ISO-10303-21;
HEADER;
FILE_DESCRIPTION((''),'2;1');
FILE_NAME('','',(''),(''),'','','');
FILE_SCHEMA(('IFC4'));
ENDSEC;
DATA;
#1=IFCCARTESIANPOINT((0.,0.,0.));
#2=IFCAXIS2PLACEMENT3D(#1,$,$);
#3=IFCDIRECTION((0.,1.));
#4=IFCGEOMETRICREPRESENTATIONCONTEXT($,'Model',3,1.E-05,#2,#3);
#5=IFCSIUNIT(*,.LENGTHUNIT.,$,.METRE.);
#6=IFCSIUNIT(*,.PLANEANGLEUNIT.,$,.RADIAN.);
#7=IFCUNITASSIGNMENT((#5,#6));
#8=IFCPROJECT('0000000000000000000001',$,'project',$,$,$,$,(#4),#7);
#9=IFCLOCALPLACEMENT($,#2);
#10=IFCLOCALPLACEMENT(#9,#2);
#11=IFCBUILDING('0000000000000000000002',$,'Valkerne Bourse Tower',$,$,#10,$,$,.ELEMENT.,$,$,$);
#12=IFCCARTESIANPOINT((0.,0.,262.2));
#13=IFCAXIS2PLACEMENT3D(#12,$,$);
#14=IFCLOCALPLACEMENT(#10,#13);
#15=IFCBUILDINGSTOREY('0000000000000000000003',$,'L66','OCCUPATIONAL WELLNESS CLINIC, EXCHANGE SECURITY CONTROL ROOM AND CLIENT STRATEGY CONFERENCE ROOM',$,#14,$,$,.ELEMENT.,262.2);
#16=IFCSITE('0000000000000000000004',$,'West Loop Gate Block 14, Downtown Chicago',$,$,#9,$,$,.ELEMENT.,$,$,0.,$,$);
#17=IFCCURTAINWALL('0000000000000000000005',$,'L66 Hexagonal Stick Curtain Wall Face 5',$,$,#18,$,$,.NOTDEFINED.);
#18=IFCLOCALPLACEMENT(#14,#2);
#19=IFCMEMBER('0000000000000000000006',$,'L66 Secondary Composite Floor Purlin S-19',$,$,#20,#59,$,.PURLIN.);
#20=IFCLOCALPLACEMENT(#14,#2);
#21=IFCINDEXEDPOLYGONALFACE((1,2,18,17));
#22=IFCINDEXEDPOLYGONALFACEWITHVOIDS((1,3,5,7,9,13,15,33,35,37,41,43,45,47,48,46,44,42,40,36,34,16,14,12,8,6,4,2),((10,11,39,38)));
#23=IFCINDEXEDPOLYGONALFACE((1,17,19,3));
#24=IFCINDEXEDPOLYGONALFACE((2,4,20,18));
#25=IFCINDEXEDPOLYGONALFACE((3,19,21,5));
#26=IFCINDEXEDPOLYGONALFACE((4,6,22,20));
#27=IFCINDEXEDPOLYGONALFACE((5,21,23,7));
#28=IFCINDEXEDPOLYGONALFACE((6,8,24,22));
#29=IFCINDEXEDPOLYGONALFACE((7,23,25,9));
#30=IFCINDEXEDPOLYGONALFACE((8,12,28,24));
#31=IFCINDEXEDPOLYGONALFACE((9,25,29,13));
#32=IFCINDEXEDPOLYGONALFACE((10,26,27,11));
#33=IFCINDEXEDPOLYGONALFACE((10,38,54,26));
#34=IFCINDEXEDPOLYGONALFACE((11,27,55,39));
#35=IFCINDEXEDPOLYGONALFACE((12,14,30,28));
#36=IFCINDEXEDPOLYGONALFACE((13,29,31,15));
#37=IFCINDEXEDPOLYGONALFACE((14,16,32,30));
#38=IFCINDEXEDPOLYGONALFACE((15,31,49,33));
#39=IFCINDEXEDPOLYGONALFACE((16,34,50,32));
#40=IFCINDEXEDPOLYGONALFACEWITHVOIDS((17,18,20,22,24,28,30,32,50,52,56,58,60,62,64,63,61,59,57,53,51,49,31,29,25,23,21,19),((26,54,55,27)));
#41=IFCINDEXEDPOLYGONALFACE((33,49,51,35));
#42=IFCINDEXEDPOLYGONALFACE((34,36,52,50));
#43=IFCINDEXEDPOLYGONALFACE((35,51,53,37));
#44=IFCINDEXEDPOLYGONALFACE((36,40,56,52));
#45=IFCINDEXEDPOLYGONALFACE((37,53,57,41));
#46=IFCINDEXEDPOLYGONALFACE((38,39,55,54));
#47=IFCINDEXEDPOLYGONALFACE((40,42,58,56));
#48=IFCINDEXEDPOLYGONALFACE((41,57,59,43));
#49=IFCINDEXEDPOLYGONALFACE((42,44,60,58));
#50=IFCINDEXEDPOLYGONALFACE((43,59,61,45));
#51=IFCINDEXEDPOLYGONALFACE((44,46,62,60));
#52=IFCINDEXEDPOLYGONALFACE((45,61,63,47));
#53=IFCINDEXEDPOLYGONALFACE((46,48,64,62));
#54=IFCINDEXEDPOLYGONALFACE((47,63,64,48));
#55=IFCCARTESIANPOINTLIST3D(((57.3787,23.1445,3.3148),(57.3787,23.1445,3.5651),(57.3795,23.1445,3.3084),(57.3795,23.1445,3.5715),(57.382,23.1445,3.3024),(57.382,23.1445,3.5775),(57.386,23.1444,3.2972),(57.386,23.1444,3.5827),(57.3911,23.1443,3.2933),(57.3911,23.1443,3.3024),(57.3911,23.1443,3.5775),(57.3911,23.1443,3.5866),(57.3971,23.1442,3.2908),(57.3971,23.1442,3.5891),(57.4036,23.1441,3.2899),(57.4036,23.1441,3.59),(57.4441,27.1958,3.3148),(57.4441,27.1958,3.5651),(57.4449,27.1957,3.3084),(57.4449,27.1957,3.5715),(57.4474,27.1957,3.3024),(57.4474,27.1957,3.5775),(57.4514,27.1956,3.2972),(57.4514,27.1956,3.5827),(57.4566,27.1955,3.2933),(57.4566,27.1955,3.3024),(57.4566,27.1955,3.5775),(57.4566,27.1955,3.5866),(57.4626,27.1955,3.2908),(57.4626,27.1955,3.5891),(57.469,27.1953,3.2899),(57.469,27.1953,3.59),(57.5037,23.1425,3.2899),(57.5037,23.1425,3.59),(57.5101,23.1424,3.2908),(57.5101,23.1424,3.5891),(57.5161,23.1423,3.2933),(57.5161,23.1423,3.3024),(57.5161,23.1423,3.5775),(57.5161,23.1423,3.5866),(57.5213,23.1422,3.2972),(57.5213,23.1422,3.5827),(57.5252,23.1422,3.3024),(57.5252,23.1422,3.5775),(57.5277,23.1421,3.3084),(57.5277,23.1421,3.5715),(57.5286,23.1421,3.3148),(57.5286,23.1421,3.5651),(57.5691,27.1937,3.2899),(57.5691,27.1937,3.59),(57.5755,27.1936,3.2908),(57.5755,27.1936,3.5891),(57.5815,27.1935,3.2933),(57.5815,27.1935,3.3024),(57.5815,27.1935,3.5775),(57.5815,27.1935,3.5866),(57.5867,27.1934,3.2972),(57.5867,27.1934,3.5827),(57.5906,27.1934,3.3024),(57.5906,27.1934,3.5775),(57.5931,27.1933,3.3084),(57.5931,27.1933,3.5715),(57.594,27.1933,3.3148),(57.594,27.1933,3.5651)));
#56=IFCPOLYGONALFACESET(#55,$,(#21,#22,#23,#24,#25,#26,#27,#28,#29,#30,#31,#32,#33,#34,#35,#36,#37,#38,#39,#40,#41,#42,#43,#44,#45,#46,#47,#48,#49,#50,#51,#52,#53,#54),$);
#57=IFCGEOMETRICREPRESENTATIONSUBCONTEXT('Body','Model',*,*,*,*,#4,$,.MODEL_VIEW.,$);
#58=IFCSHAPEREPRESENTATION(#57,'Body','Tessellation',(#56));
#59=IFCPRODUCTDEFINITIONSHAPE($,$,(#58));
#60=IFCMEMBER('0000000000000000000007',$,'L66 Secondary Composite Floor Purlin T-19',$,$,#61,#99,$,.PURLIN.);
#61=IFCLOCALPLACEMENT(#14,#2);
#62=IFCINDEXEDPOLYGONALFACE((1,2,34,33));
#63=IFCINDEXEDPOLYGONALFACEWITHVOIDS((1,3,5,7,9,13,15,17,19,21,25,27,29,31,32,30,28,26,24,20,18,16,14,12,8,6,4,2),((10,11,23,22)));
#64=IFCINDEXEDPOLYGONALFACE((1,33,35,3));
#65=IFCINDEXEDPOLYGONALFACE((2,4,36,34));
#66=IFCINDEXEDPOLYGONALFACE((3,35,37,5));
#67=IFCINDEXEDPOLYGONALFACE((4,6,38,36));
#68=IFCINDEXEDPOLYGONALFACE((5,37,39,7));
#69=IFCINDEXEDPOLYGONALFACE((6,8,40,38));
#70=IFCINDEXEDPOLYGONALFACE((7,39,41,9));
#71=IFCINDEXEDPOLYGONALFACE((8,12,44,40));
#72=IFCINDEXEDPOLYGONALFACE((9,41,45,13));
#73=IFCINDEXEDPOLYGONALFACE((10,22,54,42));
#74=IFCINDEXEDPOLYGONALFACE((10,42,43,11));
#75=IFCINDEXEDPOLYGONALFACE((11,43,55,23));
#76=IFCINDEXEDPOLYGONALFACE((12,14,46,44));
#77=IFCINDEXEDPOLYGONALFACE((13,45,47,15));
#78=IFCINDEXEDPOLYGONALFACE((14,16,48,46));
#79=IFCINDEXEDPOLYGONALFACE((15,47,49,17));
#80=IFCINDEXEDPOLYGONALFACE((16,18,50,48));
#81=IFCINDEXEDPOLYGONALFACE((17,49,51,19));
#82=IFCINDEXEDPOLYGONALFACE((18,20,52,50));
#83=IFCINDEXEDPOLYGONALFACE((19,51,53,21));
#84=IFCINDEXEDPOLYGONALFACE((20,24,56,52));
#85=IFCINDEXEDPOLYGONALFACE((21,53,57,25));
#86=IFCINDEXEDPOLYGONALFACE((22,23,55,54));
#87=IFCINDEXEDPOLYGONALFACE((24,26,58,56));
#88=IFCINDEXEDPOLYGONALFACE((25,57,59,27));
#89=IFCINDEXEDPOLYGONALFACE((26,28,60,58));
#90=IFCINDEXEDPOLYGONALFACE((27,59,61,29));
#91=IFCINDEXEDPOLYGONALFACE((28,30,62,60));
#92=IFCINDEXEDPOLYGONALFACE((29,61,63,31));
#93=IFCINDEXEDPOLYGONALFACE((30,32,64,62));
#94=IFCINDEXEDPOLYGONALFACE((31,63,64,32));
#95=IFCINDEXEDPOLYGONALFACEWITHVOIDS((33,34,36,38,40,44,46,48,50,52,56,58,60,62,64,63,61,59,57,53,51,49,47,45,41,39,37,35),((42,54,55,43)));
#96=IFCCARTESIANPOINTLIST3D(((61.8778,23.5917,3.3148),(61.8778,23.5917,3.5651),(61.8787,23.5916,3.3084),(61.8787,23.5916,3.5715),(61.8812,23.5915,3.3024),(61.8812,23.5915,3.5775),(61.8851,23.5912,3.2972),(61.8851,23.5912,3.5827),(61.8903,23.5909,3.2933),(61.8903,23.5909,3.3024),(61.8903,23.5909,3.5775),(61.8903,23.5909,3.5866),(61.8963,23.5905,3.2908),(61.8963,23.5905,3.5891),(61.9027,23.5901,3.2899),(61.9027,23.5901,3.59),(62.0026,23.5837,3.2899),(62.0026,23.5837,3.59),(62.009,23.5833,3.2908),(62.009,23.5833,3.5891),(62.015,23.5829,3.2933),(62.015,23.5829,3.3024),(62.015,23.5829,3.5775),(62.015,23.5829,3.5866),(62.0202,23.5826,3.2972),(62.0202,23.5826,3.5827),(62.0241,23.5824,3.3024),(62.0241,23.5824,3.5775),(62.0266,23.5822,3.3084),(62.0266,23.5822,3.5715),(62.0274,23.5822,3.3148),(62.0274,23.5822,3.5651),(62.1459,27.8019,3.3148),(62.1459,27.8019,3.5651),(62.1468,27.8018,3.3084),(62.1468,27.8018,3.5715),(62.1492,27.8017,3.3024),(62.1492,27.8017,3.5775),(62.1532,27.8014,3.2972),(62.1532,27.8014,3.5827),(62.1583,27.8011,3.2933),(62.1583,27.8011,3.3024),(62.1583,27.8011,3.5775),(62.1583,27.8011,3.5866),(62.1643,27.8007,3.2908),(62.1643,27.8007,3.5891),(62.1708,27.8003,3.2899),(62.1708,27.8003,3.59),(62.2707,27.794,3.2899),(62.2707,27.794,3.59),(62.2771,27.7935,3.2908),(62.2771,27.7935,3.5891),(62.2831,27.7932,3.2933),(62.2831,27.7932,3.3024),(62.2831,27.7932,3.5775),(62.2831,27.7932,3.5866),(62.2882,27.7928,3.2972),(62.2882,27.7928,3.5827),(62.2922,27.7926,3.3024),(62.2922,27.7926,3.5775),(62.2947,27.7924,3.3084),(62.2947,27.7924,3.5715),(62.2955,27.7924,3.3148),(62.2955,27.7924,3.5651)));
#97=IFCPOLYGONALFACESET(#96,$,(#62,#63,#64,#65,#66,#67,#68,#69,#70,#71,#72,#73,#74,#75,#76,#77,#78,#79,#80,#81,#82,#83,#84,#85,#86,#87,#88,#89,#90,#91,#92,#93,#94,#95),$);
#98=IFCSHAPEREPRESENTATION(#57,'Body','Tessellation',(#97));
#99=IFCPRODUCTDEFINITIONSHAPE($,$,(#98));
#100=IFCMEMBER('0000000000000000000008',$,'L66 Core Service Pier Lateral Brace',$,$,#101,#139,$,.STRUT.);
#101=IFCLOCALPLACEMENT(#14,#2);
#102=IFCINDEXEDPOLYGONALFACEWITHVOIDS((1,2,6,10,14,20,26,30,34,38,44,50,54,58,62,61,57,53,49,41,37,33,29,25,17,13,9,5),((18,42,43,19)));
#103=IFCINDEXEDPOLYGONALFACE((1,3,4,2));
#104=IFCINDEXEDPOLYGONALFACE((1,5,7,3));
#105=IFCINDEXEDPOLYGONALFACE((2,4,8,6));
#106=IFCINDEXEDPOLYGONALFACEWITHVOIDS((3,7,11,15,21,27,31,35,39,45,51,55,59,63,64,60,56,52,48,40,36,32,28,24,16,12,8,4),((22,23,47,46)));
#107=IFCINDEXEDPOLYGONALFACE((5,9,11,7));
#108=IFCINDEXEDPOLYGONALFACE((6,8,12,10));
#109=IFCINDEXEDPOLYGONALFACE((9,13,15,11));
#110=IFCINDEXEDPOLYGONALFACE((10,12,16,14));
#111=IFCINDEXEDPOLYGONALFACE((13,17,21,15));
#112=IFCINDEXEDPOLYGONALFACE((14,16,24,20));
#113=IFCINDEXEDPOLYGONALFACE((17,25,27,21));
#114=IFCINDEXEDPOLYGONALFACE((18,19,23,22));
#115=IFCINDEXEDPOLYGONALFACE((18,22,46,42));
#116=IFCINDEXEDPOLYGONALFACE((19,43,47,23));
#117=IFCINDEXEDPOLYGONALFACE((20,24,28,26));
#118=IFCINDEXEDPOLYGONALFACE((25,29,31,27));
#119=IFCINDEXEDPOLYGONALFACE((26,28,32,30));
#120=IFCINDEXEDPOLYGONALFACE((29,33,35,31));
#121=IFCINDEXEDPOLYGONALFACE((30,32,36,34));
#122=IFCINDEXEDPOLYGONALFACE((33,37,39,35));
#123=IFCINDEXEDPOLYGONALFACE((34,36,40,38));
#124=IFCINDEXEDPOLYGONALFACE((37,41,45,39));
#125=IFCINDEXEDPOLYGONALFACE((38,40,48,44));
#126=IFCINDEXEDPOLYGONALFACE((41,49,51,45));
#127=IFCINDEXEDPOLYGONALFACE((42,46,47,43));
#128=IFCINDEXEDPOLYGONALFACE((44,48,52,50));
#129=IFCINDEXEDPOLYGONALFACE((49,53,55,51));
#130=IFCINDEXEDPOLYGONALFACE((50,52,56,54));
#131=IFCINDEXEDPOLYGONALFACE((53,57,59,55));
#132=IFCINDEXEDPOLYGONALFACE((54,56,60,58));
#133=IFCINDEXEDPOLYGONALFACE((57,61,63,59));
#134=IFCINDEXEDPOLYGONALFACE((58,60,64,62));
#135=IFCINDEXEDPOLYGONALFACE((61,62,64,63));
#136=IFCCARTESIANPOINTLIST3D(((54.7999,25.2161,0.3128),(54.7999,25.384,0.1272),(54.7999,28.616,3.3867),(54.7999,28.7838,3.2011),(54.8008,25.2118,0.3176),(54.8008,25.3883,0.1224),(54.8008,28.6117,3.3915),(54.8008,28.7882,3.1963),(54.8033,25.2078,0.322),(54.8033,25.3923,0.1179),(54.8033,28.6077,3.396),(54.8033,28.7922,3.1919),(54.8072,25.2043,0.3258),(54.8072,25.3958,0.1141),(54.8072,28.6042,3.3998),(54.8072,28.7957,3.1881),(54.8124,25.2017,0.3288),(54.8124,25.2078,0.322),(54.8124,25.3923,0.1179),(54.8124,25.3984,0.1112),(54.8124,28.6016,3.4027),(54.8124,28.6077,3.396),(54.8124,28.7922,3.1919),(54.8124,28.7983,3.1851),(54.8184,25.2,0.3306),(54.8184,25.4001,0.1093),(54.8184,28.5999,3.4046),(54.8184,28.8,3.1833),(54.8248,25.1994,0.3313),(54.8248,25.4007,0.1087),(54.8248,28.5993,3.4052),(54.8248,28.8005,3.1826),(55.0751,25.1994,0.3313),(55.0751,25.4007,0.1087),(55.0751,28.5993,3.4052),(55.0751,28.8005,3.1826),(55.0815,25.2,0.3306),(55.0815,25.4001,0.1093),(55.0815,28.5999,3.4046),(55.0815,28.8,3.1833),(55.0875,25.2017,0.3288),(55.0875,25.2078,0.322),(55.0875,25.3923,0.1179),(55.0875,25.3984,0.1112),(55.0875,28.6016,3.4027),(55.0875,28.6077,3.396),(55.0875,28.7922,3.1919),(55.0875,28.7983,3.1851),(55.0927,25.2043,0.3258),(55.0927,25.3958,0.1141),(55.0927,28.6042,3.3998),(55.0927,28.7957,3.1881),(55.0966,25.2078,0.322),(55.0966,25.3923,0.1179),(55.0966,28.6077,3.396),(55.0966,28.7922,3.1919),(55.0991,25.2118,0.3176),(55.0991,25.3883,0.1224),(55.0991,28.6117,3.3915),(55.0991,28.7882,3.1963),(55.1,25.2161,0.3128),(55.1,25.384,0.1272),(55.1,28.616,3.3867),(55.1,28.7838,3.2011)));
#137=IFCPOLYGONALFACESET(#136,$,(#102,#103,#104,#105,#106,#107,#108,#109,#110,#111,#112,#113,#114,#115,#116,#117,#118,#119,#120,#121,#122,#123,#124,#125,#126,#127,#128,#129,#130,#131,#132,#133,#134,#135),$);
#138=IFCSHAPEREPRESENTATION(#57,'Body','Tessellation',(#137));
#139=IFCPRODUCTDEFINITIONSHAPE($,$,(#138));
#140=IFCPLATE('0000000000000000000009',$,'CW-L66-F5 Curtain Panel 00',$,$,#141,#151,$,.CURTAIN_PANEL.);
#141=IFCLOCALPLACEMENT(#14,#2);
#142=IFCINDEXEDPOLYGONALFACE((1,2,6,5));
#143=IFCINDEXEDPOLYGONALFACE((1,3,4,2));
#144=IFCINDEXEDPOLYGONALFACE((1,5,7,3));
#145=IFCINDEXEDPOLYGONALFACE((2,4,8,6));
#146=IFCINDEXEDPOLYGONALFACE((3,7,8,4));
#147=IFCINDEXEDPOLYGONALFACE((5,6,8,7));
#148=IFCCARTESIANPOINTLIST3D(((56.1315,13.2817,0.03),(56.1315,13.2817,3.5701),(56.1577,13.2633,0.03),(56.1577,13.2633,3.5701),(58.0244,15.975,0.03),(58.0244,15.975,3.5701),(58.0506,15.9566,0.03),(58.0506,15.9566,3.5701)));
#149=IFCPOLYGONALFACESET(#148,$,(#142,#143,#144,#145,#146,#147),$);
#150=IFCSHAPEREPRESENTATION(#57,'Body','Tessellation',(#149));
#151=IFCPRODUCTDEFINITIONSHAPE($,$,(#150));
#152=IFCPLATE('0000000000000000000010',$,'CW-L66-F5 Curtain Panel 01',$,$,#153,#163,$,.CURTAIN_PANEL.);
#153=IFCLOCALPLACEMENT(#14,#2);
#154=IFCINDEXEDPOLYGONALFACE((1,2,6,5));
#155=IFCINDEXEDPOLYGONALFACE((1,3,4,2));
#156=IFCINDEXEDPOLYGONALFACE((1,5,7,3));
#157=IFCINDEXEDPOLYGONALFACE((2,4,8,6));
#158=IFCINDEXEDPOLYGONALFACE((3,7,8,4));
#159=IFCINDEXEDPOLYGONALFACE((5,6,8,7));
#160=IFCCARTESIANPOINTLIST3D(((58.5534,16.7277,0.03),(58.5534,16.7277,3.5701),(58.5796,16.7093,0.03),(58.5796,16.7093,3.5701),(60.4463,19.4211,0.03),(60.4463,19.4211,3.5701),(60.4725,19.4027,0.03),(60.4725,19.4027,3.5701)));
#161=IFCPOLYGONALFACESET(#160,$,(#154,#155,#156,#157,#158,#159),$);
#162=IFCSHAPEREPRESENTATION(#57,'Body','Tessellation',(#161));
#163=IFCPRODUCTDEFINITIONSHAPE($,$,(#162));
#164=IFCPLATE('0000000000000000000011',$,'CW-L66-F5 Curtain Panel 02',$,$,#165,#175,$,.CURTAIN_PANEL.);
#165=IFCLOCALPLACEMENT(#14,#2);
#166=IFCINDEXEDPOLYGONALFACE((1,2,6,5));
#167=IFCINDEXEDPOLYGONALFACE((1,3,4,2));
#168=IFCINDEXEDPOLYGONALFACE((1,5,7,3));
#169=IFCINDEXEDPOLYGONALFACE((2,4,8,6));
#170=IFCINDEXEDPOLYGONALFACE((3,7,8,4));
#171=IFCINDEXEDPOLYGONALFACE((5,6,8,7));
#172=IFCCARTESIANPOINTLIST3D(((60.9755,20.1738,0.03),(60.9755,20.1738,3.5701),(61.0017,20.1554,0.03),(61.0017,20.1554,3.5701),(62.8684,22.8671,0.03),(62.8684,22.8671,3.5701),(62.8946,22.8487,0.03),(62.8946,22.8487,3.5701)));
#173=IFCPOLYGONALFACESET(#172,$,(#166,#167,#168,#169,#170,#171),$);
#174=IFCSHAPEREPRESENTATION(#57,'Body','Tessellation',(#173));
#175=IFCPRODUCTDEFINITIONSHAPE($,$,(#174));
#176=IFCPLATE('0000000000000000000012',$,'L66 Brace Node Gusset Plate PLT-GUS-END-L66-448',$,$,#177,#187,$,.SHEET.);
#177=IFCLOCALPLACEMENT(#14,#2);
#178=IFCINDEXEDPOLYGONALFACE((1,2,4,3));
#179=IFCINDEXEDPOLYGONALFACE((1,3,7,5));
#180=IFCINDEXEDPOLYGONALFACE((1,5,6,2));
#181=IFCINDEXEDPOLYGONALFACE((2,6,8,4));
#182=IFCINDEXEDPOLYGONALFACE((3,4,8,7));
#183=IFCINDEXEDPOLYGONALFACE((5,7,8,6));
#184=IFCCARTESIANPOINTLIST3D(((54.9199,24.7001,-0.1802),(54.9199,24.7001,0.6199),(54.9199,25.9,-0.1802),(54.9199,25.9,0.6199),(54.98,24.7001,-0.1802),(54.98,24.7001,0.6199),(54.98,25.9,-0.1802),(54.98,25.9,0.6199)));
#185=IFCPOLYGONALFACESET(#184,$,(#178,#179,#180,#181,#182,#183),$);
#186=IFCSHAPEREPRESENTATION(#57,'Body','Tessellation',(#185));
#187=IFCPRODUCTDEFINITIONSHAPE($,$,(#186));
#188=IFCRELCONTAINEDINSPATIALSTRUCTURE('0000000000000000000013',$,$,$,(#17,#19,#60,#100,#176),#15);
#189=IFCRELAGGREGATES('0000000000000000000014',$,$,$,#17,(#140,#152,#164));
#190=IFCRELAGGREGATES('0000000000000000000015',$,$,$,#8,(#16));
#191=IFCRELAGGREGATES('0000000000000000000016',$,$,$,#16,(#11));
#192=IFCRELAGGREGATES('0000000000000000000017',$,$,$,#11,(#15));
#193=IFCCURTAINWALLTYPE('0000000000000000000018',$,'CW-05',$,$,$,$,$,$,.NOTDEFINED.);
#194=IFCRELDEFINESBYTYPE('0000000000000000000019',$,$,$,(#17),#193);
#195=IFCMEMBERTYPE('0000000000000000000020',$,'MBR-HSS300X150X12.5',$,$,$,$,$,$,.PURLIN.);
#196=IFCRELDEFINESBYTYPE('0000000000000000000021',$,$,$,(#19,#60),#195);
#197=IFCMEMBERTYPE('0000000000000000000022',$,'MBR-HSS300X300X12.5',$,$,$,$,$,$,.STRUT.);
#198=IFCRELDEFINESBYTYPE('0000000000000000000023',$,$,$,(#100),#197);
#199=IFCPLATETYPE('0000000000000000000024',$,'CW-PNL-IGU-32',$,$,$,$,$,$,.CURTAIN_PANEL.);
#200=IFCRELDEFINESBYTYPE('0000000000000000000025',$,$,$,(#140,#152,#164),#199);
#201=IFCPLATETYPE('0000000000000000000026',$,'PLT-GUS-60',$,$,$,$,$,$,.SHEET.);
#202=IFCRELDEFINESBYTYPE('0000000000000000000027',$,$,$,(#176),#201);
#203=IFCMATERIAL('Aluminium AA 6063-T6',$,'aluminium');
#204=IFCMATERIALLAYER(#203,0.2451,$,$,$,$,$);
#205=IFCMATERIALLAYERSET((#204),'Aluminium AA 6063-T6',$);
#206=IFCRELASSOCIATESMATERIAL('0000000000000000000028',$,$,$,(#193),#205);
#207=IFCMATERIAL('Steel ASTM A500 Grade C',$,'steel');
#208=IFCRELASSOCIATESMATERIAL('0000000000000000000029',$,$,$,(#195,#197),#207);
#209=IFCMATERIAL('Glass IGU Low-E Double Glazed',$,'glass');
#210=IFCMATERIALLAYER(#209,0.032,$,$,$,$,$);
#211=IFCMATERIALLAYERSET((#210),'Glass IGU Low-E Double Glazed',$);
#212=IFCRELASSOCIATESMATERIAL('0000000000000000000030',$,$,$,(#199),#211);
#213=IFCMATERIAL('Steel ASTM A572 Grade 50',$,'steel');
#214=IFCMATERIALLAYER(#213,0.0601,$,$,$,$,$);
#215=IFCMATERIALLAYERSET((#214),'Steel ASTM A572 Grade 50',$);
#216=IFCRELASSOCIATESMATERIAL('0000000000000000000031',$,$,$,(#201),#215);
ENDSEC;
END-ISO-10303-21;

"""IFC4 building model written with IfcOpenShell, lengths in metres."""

from ifc_helpers import new_model, si_unit, direction, frame, origin, origin_2d, place, context, subcontext, project, spatial, rectangle, hollow_rectangle, extrude, material, layer, layer_set, material_profile, profile_set, type_object, element, aggregate, save


model = new_model("IFC4")

# Units and contexts
model_context = context("Model", 3, precision=1e-05, world=origin(), true_north=direction((0.0, 1.0)))
body_context = subcontext(model_context, "Body", "Model", "MODEL_VIEW")
ifc_project = project(units=[si_unit("LENGTHUNIT", "METRE"), si_unit("PLANEANGLEUNIT", "RADIAN")], contexts=[model_context])

# Site, building, storey
site_placement = place(None, origin())
site = spatial("IfcSite", under=ifc_project, at=site_placement, Name="West Loop Gate Block 14, Downtown Chicago", CompositionType="ELEMENT", RefElevation=0.0)
building_placement = place(site_placement, origin())
building = spatial("IfcBuilding", under=site, at=building_placement, Name="Valkerne Bourse Tower", CompositionType="ELEMENT")
storey_placement = place(building_placement, frame((0.0, 0.0, 262.2)))
storey = spatial("IfcBuildingStorey", under=building, at=storey_placement, Name="L66", Description="OCCUPATIONAL WELLNESS CLINIC, EXCHANGE SECURITY CONTROL ROOM AND CLIENT STRATEGY CONFERENCE ROOM", CompositionType="ELEMENT", Elevation=262.2)

# Shared definitions
ifc_material_1 = material(Name="Steel ASTM A500 Grade C", Category="steel")

# Curtain wall
ifc_material_2 = material(Name="Aluminium AA 6063-T6", Category="aluminium")
ifc_layer_1 = layer(ifc_material_2, 0.2451)
ifc_layer_set_1 = layer_set([ifc_layer_1], Name="Aluminium AA 6063-T6")
curtain_wall_type = type_object("IfcCurtainWallType", Name="CW-05", PredefinedType="NOTDEFINED", material=ifc_layer_set_1)
curtain_wall_placement = place(storey_placement, origin())
curtain_wall = element("IfcCurtainWall", 1, at=curtain_wall_placement, inside=storey, type_object=curtain_wall_type, Name="L66 Hexagonal Stick Curtain Wall Face 5", PredefinedType="NOTDEFINED")

# Members
ifc_material_profile_1 = material_profile(ifc_material_1, hollow_rectangle(XDim=0.1499, YDim=0.3, WallThickness=0.0125, OuterFilletRadius=0.0249, at=origin_2d()), Name="HSS300X150X12.5")
ifc_profile_set_1 = profile_set([ifc_material_profile_1], Name="Steel ASTM A500 Grade C")
member_type_1 = type_object("IfcMemberType", Name="MBR-HSS300X150X12.5", PredefinedType="PURLIN", material=ifc_profile_set_1)
member_1_placement = place(storey_placement, frame((57.4536, 23.1433, 3.4399), z_axis=(0.016148, 0.99987, 0.0), x_axis=(-0.99987, 0.016148, 0.0)))
element("IfcMember", 2, at=member_1_placement, inside=storey, type_object=member_type_1, Name="L66 Secondary Composite Floor Purlin S-19", PredefinedType="PURLIN", context=body_context, shape_type="SweptSolid", body=[
    extrude(hollow_rectangle(XDim=0.1499, YDim=0.3, WallThickness=0.0125, OuterFilletRadius=0.0249, at=origin_2d()), origin(), (0.0, 0.0, 1.0), 4.0518),
])
member_2_placement = place(storey_placement, frame((61.9526, 23.5869, 3.4399), z_axis=(0.063542, 0.997979, 0.0), x_axis=(-0.997979, 0.063542, 0.0)))
element("IfcMember", 3, at=member_2_placement, inside=storey, type_object=member_type_1, Name="L66 Secondary Composite Floor Purlin T-19", PredefinedType="PURLIN", context=body_context, shape_type="SweptSolid", body=[
    extrude(hollow_rectangle(XDim=0.1499, YDim=0.3, WallThickness=0.0125, OuterFilletRadius=0.0249, at=origin_2d()), origin(), (0.0, 0.0, 1.0), 4.2188),
])
ifc_material_profile_2 = material_profile(ifc_material_1, hollow_rectangle(XDim=0.3, YDim=0.3, WallThickness=0.0125, OuterFilletRadius=0.0249, at=origin_2d()), Name="HSS300X300X12.5")
ifc_profile_set_2 = profile_set([ifc_material_profile_2], Name="Steel ASTM A500 Grade C")
member_type_2 = type_object("IfcMemberType", Name="MBR-HSS300X300X12.5", PredefinedType="STRUT", material=ifc_profile_set_2)
member_3_placement = place(storey_placement, frame((54.95, 25.3, 0.22), z_axis=(0.0, 0.741767, 0.670658), x_axis=(-1.0, 0.0, 0.0)))
element("IfcMember", 4, at=member_3_placement, inside=storey, type_object=member_type_2, Name="L66 Core Service Pier Lateral Brace", PredefinedType="STRUT", context=body_context, shape_type="SweptSolid", body=[
    extrude(hollow_rectangle(XDim=0.3, YDim=0.3, WallThickness=0.0125, OuterFilletRadius=0.0249, at=origin_2d()), origin(), (0.0, 0.0, 1.0), 4.5835),
])

# Plates
ifc_material_3 = material(Name="Glass IGU Low-E Double Glazed", Category="glass")
ifc_layer_2 = layer(ifc_material_3, 0.032)
ifc_layer_set_2 = layer_set([ifc_layer_2], Name="Glass IGU Low-E Double Glazed")
plate_type_1 = type_object("IfcPlateType", Name="CW-PNL-IGU-32", PredefinedType="CURTAIN_PANEL", material=ifc_layer_set_2)
plate_1_placement = place(storey_placement, frame((57.0911, 14.6191, 0.03), z_axis=(0.0, 0.0, 1.0), x_axis=(0.575007, 0.818149, 0.0)))
plate_1 = element("IfcPlate", 5, at=plate_1_placement, type_object=plate_type_1, Name="CW-L66-F5 Curtain Panel 00", PredefinedType="CURTAIN_PANEL", context=body_context, shape_type="SweptSolid", body=[
    extrude(rectangle(XDim=3.292, YDim=0.032, at=origin_2d()), origin(), (0.0, 0.0, 1.0), 3.54),
])
plate_2_placement = place(storey_placement, frame((59.5129, 18.0652, 0.03), z_axis=(0.0, 0.0, 1.0), x_axis=(0.574996, 0.818156, 0.0)))
plate_2 = element("IfcPlate", 6, at=plate_2_placement, type_object=plate_type_1, Name="CW-L66-F5 Curtain Panel 01", PredefinedType="CURTAIN_PANEL", context=body_context, shape_type="SweptSolid", body=[
    extrude(rectangle(XDim=3.292, YDim=0.032, at=origin_2d()), origin(), (0.0, 0.0, 1.0), 3.54),
])
plate_3_placement = place(storey_placement, frame((61.9351, 21.5112, 0.03), z_axis=(0.0, 0.0, 1.0), x_axis=(0.575007, 0.818149, 0.0)))
plate_3 = element("IfcPlate", 7, at=plate_3_placement, type_object=plate_type_1, Name="CW-L66-F5 Curtain Panel 02", PredefinedType="CURTAIN_PANEL", context=body_context, shape_type="SweptSolid", body=[
    extrude(rectangle(XDim=3.292, YDim=0.032, at=origin_2d()), origin(), (0.0, 0.0, 1.0), 3.54),
])
aggregate(curtain_wall, [plate_1, plate_2, plate_3])
ifc_material_4 = material(Name="Steel ASTM A572 Grade 50", Category="steel")
ifc_layer_3 = layer(ifc_material_4, 0.0601)
ifc_layer_set_3 = layer_set([ifc_layer_3], Name="Steel ASTM A572 Grade 50")
plate_type_2 = type_object("IfcPlateType", Name="PLT-GUS-60", PredefinedType="SHEET", material=ifc_layer_set_3)
plate_4_placement = place(storey_placement, frame((54.95, 25.3, -0.1802), z_axis=(0.0, 0.0, 1.0), x_axis=(0.0, 1.0, 0.0)))
element("IfcPlate", 8, at=plate_4_placement, inside=storey, type_object=plate_type_2, Name="L66 Brace Node Gusset Plate PLT-GUS-END-L66-448", PredefinedType="SHEET", context=body_context, shape_type="SweptSolid", body=[
    extrude(rectangle(XDim=1.2, YDim=0.0601, at=origin_2d()), origin(), (0.0, 0.0, 1.0), 0.8),
])

save(model, "model.ifc")
